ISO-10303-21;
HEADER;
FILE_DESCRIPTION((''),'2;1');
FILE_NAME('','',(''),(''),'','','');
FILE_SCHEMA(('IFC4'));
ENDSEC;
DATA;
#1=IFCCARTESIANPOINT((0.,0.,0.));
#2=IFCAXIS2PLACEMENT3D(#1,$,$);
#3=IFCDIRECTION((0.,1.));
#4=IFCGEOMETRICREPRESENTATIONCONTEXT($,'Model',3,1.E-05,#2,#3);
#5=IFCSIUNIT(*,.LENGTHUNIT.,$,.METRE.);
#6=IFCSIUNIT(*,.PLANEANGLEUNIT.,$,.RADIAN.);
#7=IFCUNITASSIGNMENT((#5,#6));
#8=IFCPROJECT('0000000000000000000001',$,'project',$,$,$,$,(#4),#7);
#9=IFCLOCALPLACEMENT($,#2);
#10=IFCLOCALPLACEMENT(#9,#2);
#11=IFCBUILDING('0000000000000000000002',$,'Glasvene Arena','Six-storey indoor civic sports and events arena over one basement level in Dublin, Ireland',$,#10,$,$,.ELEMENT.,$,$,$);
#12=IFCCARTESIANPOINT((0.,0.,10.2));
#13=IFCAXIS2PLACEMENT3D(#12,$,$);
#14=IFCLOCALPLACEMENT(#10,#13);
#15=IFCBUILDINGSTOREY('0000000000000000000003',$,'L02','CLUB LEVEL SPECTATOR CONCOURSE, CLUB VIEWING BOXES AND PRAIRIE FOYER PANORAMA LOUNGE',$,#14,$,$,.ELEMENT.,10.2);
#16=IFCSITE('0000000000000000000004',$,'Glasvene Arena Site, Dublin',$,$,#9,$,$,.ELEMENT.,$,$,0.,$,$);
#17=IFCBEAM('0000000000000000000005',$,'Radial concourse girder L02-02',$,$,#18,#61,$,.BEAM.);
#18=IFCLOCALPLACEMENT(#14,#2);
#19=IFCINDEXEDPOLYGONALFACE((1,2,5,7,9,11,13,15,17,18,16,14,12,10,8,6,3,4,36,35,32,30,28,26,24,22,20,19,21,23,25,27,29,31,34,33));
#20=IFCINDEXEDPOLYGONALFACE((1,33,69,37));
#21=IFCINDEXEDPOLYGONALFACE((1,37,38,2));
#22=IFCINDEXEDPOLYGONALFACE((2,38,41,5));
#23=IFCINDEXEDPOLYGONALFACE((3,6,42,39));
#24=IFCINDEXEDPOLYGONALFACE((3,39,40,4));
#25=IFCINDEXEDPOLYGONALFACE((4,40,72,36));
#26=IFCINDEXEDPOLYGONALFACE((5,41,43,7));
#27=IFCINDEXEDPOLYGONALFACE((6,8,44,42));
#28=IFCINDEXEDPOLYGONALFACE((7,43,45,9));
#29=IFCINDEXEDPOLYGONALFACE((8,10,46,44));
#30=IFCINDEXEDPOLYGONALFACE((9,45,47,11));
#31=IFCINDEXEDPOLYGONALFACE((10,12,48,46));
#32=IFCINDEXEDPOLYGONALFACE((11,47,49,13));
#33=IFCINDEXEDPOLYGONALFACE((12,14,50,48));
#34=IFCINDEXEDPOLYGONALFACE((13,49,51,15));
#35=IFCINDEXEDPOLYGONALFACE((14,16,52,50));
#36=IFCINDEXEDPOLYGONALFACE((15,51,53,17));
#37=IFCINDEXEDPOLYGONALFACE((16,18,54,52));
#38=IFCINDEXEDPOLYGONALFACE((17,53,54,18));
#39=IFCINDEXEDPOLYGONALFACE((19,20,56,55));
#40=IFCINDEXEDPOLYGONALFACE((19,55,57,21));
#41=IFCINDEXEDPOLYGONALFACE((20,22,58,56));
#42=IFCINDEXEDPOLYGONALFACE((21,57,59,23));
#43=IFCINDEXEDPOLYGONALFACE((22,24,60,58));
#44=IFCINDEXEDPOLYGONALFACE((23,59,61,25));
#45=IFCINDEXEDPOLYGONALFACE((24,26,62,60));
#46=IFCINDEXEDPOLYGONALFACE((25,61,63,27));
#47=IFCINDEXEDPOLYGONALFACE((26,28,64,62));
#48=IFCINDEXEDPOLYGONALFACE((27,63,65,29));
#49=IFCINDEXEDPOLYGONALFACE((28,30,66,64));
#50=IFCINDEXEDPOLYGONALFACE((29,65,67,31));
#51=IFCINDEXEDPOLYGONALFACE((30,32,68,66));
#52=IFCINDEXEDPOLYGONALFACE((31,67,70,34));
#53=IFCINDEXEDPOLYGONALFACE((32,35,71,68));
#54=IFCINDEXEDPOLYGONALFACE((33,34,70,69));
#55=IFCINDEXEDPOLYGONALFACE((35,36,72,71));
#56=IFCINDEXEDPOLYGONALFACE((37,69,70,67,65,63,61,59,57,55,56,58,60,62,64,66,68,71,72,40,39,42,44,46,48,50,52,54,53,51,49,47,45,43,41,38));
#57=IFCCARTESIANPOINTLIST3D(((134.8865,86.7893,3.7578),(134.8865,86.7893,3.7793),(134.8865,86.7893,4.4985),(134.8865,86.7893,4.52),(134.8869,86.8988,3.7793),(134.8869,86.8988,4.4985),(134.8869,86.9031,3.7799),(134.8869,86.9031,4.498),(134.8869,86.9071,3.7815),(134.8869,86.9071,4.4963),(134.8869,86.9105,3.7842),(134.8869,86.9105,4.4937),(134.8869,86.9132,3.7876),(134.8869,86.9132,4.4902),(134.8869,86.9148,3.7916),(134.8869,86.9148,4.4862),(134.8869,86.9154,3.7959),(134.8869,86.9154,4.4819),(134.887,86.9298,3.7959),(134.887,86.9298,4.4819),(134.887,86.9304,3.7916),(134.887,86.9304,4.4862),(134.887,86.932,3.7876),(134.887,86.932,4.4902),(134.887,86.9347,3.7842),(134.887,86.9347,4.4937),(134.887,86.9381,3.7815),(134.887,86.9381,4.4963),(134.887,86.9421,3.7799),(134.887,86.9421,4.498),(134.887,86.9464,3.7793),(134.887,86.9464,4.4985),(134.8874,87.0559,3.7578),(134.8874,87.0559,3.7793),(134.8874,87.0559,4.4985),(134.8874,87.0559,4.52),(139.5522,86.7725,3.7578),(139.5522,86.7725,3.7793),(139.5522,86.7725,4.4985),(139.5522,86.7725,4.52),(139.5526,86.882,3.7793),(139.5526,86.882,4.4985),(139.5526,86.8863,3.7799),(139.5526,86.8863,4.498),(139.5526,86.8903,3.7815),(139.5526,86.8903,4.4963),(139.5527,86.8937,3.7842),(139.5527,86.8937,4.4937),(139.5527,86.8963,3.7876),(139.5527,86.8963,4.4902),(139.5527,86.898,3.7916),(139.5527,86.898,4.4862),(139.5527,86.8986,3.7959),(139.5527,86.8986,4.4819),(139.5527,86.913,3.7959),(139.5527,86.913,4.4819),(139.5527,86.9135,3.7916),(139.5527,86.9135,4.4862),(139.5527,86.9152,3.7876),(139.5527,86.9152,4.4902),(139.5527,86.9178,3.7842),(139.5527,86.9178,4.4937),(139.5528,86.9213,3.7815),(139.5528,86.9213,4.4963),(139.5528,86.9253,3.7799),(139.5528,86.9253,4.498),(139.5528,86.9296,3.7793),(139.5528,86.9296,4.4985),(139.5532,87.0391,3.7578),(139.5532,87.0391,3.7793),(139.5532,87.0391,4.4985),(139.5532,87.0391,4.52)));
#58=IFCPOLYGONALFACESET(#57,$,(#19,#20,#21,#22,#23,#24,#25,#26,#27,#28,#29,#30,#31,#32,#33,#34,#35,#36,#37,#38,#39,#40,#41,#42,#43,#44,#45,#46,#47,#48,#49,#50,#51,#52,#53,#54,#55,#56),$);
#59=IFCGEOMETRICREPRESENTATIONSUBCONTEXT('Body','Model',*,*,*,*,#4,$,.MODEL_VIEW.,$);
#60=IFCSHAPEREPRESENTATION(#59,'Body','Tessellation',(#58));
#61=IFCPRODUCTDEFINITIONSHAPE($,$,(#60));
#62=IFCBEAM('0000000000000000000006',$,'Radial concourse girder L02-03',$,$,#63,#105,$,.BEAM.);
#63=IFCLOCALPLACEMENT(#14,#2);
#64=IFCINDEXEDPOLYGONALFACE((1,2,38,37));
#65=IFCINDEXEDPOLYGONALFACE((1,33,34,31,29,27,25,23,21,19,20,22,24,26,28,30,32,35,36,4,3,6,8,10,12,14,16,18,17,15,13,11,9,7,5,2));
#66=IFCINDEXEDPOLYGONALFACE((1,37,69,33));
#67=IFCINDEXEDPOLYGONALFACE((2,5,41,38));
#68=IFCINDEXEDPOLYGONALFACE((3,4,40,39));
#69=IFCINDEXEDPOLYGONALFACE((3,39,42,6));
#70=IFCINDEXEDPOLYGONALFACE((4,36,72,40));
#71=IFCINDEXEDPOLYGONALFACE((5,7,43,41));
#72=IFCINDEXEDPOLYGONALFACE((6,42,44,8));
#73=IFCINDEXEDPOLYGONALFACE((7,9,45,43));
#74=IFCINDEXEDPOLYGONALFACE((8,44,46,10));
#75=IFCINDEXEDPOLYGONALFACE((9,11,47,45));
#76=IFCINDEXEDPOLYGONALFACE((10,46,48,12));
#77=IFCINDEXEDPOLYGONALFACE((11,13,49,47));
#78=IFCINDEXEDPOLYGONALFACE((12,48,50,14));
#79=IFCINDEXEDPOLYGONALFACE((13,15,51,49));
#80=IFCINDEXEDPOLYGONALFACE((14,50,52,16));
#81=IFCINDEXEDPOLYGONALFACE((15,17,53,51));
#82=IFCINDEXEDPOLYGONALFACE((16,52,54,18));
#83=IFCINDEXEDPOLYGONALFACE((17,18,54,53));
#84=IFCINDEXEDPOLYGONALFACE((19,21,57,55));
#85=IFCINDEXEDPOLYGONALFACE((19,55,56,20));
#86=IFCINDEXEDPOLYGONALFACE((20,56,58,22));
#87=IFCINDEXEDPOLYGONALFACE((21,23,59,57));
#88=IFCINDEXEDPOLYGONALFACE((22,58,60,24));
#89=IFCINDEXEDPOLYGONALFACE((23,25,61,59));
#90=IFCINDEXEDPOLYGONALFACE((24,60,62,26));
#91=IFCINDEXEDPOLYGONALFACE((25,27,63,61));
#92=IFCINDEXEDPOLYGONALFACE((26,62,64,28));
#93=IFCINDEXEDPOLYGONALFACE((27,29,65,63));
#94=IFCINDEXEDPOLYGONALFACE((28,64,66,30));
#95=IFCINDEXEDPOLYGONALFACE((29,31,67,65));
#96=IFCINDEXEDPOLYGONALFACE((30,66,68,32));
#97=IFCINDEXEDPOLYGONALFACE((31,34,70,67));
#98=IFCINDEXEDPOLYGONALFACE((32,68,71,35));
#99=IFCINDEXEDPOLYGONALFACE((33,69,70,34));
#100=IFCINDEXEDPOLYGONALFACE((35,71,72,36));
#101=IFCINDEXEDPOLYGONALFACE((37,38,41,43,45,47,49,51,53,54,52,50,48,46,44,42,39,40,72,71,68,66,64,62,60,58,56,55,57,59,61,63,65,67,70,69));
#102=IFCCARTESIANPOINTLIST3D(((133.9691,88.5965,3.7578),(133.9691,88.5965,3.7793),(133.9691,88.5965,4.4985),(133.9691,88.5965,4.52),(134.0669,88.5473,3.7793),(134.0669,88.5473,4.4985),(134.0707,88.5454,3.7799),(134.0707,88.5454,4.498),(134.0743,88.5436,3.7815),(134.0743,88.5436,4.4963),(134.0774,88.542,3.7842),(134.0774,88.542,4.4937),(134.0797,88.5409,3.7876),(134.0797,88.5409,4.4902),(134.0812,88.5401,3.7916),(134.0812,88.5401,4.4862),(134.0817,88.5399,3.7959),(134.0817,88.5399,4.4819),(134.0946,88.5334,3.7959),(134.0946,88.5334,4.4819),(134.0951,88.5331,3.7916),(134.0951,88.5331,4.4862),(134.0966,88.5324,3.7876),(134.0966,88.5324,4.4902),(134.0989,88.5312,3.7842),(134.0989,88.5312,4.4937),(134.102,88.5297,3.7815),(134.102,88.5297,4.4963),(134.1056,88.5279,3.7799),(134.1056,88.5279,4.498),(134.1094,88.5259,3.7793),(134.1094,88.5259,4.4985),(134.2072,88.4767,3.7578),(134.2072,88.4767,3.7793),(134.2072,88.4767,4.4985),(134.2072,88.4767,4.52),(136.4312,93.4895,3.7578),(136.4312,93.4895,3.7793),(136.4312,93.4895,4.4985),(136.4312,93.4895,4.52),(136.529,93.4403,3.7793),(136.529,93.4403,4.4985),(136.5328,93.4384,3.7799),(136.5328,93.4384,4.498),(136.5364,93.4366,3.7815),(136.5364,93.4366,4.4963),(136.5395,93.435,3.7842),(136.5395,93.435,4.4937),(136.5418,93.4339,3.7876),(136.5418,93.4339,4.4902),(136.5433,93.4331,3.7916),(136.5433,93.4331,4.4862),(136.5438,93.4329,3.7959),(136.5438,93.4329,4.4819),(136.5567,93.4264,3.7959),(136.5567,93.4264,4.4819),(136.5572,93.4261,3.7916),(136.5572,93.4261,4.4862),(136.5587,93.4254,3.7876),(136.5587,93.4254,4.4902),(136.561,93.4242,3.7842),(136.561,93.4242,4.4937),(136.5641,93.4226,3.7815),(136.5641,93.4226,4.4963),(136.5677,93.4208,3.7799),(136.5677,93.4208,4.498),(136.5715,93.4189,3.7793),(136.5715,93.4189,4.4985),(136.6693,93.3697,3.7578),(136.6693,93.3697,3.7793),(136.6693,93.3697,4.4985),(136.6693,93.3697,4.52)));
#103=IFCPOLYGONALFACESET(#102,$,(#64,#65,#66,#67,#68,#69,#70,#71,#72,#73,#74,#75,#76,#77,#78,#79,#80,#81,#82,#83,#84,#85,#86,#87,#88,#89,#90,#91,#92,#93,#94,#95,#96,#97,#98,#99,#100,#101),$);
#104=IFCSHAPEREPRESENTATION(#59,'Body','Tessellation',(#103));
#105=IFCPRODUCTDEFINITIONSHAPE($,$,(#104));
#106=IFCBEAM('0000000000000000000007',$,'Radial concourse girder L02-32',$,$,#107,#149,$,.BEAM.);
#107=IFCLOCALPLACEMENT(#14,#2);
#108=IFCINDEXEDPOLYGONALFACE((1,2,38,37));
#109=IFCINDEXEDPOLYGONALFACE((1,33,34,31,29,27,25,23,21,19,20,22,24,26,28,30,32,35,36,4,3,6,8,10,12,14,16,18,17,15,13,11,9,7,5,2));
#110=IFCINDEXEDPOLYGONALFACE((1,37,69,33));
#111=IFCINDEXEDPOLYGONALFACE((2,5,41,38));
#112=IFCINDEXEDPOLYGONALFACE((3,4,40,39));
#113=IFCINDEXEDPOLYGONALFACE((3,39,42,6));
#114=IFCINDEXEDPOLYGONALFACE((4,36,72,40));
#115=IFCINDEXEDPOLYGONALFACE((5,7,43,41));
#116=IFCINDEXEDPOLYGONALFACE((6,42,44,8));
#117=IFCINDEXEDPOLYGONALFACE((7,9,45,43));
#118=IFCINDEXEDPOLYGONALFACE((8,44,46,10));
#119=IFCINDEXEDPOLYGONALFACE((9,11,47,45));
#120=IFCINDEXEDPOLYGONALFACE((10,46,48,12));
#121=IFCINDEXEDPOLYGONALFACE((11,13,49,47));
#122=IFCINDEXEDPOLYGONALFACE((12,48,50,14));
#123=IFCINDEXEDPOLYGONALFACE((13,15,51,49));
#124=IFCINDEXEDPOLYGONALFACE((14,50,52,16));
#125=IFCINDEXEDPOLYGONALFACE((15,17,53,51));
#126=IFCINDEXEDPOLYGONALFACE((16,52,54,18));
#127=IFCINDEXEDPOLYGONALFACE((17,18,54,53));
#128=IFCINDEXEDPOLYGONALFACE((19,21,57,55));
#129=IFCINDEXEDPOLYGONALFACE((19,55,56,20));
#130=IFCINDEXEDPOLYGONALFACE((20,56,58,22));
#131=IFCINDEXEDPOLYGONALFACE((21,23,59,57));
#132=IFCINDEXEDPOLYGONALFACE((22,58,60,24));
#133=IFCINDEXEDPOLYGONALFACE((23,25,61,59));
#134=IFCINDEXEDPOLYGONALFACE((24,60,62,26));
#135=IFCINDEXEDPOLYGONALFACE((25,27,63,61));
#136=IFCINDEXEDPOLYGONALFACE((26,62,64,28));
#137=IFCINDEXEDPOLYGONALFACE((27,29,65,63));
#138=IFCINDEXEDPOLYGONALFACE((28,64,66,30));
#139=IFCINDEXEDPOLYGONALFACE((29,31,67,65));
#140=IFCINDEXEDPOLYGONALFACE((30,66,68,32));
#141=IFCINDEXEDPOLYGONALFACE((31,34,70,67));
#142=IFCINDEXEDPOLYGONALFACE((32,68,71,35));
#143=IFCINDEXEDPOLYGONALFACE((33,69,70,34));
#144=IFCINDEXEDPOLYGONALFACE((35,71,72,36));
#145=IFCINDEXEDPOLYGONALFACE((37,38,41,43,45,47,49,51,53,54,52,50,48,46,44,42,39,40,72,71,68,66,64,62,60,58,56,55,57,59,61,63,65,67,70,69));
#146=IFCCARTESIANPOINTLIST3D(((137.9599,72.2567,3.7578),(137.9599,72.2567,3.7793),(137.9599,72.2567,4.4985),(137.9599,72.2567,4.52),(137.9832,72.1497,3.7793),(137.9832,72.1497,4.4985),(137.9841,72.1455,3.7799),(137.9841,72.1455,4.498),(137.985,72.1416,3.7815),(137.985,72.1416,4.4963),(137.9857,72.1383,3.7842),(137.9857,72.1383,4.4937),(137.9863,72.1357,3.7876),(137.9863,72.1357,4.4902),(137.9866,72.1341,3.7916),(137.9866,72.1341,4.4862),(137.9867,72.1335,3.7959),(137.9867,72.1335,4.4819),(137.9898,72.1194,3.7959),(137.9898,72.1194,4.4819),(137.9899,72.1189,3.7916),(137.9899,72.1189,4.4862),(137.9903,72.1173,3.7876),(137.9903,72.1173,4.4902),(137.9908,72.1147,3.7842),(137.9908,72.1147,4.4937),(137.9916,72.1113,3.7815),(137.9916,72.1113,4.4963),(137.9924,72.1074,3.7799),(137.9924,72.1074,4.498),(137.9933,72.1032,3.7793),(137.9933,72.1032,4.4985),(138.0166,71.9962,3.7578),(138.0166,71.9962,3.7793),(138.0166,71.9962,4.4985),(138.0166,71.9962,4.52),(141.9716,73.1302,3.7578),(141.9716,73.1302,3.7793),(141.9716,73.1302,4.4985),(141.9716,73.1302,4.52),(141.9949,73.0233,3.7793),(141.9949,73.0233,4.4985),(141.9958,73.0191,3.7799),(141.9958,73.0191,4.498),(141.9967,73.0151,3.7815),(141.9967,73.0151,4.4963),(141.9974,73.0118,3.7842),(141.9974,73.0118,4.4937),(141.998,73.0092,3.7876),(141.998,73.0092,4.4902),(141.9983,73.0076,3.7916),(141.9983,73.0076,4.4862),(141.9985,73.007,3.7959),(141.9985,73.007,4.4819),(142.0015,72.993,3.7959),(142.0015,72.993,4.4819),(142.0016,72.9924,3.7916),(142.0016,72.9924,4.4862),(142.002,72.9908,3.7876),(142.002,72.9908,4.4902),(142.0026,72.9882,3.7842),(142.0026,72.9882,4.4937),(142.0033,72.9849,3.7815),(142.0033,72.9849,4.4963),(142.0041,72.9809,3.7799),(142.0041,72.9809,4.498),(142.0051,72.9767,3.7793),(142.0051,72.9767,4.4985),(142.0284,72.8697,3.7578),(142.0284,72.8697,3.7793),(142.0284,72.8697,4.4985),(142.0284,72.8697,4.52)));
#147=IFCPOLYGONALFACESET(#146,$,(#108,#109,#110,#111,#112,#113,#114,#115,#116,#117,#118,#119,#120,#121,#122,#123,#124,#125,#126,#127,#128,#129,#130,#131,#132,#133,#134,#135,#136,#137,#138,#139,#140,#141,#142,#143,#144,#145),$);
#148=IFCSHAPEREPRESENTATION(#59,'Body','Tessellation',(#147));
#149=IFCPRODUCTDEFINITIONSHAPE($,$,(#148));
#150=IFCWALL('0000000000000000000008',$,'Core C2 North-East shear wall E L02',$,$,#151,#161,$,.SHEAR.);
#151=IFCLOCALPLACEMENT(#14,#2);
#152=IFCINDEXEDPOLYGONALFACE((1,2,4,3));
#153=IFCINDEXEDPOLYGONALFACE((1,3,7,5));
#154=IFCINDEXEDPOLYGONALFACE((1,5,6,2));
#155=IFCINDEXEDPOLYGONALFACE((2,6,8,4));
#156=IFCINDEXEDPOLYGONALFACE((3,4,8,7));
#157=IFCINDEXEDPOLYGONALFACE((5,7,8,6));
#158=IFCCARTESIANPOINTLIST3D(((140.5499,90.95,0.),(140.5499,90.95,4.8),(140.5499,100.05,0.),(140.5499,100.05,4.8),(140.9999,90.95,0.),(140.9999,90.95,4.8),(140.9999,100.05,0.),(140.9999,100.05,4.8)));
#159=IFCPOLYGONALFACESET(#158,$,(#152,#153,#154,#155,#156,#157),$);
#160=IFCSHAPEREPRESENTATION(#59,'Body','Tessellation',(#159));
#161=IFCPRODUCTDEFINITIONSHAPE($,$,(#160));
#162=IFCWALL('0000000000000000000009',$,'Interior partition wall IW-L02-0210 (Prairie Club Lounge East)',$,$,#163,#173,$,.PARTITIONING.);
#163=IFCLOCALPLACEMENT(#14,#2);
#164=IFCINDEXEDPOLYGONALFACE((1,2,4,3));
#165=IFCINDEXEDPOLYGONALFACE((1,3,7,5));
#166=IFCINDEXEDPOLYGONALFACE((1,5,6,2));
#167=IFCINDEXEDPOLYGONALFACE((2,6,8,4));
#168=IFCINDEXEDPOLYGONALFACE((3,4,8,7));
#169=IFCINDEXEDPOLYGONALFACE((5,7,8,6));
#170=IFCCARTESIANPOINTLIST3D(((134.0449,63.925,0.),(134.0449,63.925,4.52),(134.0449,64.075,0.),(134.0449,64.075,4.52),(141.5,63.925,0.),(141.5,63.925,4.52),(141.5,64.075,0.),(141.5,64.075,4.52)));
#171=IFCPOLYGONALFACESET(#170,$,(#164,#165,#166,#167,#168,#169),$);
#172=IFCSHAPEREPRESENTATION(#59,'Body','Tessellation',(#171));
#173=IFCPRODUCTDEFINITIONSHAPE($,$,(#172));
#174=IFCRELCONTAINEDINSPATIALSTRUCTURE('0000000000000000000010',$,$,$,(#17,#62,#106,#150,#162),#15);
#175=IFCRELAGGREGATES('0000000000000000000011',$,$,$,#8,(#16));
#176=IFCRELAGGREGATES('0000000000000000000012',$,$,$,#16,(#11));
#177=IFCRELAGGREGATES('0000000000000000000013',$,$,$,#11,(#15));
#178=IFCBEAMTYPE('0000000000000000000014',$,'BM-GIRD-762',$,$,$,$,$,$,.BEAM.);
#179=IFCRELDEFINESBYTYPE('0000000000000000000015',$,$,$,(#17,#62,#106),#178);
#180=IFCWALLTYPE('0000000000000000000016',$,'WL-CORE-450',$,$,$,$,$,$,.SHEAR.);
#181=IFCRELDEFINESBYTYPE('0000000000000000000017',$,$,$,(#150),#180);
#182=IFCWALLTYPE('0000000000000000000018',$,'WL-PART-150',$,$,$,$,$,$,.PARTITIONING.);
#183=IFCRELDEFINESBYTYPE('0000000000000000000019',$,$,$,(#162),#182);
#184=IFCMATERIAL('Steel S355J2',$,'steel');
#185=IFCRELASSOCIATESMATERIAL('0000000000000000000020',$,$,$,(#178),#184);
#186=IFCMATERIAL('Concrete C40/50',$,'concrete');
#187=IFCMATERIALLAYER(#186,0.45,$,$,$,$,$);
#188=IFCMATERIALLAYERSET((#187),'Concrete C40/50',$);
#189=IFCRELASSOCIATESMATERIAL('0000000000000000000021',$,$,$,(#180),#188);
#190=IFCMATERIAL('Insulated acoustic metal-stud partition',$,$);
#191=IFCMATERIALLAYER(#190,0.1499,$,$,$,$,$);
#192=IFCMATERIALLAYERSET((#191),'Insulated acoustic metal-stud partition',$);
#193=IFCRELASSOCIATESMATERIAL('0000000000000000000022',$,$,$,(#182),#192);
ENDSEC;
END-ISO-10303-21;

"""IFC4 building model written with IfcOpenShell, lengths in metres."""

from ifc_helpers import new_model, si_unit, direction, frame, frame_2d, origin, origin_2d, place, context, subcontext, project, spatial, rectangle, i_section, extrude, material, layer, layer_set, material_profile, profile_set, type_object, element, save


model = new_model("IFC4")

# Units and contexts
model_context = context("Model", 3, precision=1e-05, world=origin(), true_north=direction((0.0, 1.0)))
body_context = subcontext(model_context, "Body", "Model", "MODEL_VIEW")
ifc_project = project(units=[si_unit("LENGTHUNIT", "METRE"), si_unit("PLANEANGLEUNIT", "RADIAN")], contexts=[model_context])

# Site, building, storey
site_placement = place(None, origin())
site = spatial("IfcSite", under=ifc_project, at=site_placement, Name="Glasvene Arena Site, Dublin", CompositionType="ELEMENT", RefElevation=0.0)
building_placement = place(site_placement, origin())
building = spatial("IfcBuilding", under=site, at=building_placement, Name="Glasvene Arena", Description="Six-storey indoor civic sports and events arena over one basement level in Dublin, Ireland", CompositionType="ELEMENT")
storey_placement = place(building_placement, frame((0.0, 0.0, 10.2)))
storey = spatial("IfcBuildingStorey", under=building, at=storey_placement, Name="L02", Description="CLUB LEVEL SPECTATOR CONCOURSE, CLUB VIEWING BOXES AND PRAIRIE FOYER PANORAMA LOUNGE", CompositionType="ELEMENT", Elevation=10.2)

# Shared definitions
ifc_material_1 = material(Name="Steel S355J2", Category="steel")

# Beams
ifc_material_profile_1 = material_profile(ifc_material_1, i_section(OverallWidth=0.2666, OverallDepth=0.7622, WebThickness=0.0144, FlangeThickness=0.0215, FilletRadius=0.0166, at=origin_2d()), Name="UKB 762x267x173")
ifc_profile_set_1 = profile_set([ifc_material_profile_1], Name="Steel S355J2")
beam_type_1 = type_object("IfcBeamType", Name="BM-GIRD-762", PredefinedType="BEAM", material=ifc_profile_set_1)
beam_1_placement = place(storey_placement, frame((134.887, 86.9226, 4.1389), z_axis=(0.999993, -0.00361, 0.0), x_axis=(0.00361, 0.999993, 0.0)))
element("IfcBeam", 1, at=beam_1_placement, inside=storey, type_object=beam_type_1, Name="Radial concourse girder L02-02", PredefinedType="BEAM", context=body_context, shape_type="SweptSolid", body=[
    extrude(i_section(OverallWidth=0.2666, OverallDepth=0.7622, WebThickness=0.0144, FlangeThickness=0.0215, FilletRadius=0.0166, at=origin_2d()), origin(), (0.0, 0.0, 1.0), 4.6658),
])
beam_2_placement = place(storey_placement, frame((134.0881, 88.5366, 4.1389), z_axis=(0.449494, 0.893283, 0.0), x_axis=(-0.893283, 0.449494, 0.0)))
element("IfcBeam", 2, at=beam_2_placement, inside=storey, type_object=beam_type_1, Name="Radial concourse girder L02-03", PredefinedType="BEAM", context=body_context, shape_type="SweptSolid", body=[
    extrude(i_section(OverallWidth=0.2666, OverallDepth=0.7622, WebThickness=0.0144, FlangeThickness=0.0215, FilletRadius=0.0166, at=origin_2d()), origin(), (0.0, 0.0, 1.0), 5.4775),
])
beam_3_placement = place(storey_placement, frame((137.9883, 72.1265, 4.1389), z_axis=(0.977104, 0.21276, 0.0), x_axis=(-0.21276, 0.977104, 0.0)))
element("IfcBeam", 3, at=beam_3_placement, inside=storey, type_object=beam_type_1, Name="Radial concourse girder L02-32", PredefinedType="BEAM", context=body_context, shape_type="SweptSolid", body=[
    extrude(i_section(OverallWidth=0.2666, OverallDepth=0.7622, WebThickness=0.0144, FlangeThickness=0.0215, FilletRadius=0.0166, at=origin_2d()), origin(), (0.0, 0.0, 1.0), 4.1057),
])

# Walls
ifc_material_2 = material(Name="Concrete C40/50", Category="concrete")
ifc_layer_1 = layer(ifc_material_2, 0.45)
ifc_layer_set_1 = layer_set([ifc_layer_1], Name="Concrete C40/50")
wall_type_1 = type_object("IfcWallType", Name="WL-CORE-450", PredefinedType="SHEAR", material=ifc_layer_set_1)
wall_1_placement = place(storey_placement, frame((140.7749, 90.95, 0.0), z_axis=(0.0, 0.0, 1.0), x_axis=(0.0, 1.0, 0.0)))
element("IfcWall", 4, at=wall_1_placement, inside=storey, type_object=wall_type_1, Name="Core C2 North-East shear wall E L02", PredefinedType="SHEAR", context=body_context, shape_type="SweptSolid", body=[
    extrude(rectangle(XDim=9.1001, YDim=0.45, at=frame_2d((4.55, 0.0))), origin(), (0.0, 0.0, 1.0), 4.8),
])
ifc_material_3 = material(Name="Insulated acoustic metal-stud partition")
ifc_layer_2 = layer(ifc_material_3, 0.1499)
ifc_layer_set_2 = layer_set([ifc_layer_2], Name="Insulated acoustic metal-stud partition")
wall_type_2 = type_object("IfcWallType", Name="WL-PART-150", PredefinedType="PARTITIONING", material=ifc_layer_set_2)
wall_2_placement = place(storey_placement, frame((134.0449, 64.0, 0.0), z_axis=(0.0, 0.0, 1.0), x_axis=(1.0, 0.0, 0.0)))
element("IfcWall", 5, at=wall_2_placement, inside=storey, type_object=wall_type_2, Name="Interior partition wall IW-L02-0210 (Prairie Club Lounge East)", PredefinedType="PARTITIONING", context=body_context, shape_type="SweptSolid", body=[
    extrude(rectangle(XDim=7.4551, YDim=0.1499, at=frame_2d((3.7275, 0.0))), origin(), (0.0, 0.0, 1.0), 4.52),
])

save(model, "model.ifc")
